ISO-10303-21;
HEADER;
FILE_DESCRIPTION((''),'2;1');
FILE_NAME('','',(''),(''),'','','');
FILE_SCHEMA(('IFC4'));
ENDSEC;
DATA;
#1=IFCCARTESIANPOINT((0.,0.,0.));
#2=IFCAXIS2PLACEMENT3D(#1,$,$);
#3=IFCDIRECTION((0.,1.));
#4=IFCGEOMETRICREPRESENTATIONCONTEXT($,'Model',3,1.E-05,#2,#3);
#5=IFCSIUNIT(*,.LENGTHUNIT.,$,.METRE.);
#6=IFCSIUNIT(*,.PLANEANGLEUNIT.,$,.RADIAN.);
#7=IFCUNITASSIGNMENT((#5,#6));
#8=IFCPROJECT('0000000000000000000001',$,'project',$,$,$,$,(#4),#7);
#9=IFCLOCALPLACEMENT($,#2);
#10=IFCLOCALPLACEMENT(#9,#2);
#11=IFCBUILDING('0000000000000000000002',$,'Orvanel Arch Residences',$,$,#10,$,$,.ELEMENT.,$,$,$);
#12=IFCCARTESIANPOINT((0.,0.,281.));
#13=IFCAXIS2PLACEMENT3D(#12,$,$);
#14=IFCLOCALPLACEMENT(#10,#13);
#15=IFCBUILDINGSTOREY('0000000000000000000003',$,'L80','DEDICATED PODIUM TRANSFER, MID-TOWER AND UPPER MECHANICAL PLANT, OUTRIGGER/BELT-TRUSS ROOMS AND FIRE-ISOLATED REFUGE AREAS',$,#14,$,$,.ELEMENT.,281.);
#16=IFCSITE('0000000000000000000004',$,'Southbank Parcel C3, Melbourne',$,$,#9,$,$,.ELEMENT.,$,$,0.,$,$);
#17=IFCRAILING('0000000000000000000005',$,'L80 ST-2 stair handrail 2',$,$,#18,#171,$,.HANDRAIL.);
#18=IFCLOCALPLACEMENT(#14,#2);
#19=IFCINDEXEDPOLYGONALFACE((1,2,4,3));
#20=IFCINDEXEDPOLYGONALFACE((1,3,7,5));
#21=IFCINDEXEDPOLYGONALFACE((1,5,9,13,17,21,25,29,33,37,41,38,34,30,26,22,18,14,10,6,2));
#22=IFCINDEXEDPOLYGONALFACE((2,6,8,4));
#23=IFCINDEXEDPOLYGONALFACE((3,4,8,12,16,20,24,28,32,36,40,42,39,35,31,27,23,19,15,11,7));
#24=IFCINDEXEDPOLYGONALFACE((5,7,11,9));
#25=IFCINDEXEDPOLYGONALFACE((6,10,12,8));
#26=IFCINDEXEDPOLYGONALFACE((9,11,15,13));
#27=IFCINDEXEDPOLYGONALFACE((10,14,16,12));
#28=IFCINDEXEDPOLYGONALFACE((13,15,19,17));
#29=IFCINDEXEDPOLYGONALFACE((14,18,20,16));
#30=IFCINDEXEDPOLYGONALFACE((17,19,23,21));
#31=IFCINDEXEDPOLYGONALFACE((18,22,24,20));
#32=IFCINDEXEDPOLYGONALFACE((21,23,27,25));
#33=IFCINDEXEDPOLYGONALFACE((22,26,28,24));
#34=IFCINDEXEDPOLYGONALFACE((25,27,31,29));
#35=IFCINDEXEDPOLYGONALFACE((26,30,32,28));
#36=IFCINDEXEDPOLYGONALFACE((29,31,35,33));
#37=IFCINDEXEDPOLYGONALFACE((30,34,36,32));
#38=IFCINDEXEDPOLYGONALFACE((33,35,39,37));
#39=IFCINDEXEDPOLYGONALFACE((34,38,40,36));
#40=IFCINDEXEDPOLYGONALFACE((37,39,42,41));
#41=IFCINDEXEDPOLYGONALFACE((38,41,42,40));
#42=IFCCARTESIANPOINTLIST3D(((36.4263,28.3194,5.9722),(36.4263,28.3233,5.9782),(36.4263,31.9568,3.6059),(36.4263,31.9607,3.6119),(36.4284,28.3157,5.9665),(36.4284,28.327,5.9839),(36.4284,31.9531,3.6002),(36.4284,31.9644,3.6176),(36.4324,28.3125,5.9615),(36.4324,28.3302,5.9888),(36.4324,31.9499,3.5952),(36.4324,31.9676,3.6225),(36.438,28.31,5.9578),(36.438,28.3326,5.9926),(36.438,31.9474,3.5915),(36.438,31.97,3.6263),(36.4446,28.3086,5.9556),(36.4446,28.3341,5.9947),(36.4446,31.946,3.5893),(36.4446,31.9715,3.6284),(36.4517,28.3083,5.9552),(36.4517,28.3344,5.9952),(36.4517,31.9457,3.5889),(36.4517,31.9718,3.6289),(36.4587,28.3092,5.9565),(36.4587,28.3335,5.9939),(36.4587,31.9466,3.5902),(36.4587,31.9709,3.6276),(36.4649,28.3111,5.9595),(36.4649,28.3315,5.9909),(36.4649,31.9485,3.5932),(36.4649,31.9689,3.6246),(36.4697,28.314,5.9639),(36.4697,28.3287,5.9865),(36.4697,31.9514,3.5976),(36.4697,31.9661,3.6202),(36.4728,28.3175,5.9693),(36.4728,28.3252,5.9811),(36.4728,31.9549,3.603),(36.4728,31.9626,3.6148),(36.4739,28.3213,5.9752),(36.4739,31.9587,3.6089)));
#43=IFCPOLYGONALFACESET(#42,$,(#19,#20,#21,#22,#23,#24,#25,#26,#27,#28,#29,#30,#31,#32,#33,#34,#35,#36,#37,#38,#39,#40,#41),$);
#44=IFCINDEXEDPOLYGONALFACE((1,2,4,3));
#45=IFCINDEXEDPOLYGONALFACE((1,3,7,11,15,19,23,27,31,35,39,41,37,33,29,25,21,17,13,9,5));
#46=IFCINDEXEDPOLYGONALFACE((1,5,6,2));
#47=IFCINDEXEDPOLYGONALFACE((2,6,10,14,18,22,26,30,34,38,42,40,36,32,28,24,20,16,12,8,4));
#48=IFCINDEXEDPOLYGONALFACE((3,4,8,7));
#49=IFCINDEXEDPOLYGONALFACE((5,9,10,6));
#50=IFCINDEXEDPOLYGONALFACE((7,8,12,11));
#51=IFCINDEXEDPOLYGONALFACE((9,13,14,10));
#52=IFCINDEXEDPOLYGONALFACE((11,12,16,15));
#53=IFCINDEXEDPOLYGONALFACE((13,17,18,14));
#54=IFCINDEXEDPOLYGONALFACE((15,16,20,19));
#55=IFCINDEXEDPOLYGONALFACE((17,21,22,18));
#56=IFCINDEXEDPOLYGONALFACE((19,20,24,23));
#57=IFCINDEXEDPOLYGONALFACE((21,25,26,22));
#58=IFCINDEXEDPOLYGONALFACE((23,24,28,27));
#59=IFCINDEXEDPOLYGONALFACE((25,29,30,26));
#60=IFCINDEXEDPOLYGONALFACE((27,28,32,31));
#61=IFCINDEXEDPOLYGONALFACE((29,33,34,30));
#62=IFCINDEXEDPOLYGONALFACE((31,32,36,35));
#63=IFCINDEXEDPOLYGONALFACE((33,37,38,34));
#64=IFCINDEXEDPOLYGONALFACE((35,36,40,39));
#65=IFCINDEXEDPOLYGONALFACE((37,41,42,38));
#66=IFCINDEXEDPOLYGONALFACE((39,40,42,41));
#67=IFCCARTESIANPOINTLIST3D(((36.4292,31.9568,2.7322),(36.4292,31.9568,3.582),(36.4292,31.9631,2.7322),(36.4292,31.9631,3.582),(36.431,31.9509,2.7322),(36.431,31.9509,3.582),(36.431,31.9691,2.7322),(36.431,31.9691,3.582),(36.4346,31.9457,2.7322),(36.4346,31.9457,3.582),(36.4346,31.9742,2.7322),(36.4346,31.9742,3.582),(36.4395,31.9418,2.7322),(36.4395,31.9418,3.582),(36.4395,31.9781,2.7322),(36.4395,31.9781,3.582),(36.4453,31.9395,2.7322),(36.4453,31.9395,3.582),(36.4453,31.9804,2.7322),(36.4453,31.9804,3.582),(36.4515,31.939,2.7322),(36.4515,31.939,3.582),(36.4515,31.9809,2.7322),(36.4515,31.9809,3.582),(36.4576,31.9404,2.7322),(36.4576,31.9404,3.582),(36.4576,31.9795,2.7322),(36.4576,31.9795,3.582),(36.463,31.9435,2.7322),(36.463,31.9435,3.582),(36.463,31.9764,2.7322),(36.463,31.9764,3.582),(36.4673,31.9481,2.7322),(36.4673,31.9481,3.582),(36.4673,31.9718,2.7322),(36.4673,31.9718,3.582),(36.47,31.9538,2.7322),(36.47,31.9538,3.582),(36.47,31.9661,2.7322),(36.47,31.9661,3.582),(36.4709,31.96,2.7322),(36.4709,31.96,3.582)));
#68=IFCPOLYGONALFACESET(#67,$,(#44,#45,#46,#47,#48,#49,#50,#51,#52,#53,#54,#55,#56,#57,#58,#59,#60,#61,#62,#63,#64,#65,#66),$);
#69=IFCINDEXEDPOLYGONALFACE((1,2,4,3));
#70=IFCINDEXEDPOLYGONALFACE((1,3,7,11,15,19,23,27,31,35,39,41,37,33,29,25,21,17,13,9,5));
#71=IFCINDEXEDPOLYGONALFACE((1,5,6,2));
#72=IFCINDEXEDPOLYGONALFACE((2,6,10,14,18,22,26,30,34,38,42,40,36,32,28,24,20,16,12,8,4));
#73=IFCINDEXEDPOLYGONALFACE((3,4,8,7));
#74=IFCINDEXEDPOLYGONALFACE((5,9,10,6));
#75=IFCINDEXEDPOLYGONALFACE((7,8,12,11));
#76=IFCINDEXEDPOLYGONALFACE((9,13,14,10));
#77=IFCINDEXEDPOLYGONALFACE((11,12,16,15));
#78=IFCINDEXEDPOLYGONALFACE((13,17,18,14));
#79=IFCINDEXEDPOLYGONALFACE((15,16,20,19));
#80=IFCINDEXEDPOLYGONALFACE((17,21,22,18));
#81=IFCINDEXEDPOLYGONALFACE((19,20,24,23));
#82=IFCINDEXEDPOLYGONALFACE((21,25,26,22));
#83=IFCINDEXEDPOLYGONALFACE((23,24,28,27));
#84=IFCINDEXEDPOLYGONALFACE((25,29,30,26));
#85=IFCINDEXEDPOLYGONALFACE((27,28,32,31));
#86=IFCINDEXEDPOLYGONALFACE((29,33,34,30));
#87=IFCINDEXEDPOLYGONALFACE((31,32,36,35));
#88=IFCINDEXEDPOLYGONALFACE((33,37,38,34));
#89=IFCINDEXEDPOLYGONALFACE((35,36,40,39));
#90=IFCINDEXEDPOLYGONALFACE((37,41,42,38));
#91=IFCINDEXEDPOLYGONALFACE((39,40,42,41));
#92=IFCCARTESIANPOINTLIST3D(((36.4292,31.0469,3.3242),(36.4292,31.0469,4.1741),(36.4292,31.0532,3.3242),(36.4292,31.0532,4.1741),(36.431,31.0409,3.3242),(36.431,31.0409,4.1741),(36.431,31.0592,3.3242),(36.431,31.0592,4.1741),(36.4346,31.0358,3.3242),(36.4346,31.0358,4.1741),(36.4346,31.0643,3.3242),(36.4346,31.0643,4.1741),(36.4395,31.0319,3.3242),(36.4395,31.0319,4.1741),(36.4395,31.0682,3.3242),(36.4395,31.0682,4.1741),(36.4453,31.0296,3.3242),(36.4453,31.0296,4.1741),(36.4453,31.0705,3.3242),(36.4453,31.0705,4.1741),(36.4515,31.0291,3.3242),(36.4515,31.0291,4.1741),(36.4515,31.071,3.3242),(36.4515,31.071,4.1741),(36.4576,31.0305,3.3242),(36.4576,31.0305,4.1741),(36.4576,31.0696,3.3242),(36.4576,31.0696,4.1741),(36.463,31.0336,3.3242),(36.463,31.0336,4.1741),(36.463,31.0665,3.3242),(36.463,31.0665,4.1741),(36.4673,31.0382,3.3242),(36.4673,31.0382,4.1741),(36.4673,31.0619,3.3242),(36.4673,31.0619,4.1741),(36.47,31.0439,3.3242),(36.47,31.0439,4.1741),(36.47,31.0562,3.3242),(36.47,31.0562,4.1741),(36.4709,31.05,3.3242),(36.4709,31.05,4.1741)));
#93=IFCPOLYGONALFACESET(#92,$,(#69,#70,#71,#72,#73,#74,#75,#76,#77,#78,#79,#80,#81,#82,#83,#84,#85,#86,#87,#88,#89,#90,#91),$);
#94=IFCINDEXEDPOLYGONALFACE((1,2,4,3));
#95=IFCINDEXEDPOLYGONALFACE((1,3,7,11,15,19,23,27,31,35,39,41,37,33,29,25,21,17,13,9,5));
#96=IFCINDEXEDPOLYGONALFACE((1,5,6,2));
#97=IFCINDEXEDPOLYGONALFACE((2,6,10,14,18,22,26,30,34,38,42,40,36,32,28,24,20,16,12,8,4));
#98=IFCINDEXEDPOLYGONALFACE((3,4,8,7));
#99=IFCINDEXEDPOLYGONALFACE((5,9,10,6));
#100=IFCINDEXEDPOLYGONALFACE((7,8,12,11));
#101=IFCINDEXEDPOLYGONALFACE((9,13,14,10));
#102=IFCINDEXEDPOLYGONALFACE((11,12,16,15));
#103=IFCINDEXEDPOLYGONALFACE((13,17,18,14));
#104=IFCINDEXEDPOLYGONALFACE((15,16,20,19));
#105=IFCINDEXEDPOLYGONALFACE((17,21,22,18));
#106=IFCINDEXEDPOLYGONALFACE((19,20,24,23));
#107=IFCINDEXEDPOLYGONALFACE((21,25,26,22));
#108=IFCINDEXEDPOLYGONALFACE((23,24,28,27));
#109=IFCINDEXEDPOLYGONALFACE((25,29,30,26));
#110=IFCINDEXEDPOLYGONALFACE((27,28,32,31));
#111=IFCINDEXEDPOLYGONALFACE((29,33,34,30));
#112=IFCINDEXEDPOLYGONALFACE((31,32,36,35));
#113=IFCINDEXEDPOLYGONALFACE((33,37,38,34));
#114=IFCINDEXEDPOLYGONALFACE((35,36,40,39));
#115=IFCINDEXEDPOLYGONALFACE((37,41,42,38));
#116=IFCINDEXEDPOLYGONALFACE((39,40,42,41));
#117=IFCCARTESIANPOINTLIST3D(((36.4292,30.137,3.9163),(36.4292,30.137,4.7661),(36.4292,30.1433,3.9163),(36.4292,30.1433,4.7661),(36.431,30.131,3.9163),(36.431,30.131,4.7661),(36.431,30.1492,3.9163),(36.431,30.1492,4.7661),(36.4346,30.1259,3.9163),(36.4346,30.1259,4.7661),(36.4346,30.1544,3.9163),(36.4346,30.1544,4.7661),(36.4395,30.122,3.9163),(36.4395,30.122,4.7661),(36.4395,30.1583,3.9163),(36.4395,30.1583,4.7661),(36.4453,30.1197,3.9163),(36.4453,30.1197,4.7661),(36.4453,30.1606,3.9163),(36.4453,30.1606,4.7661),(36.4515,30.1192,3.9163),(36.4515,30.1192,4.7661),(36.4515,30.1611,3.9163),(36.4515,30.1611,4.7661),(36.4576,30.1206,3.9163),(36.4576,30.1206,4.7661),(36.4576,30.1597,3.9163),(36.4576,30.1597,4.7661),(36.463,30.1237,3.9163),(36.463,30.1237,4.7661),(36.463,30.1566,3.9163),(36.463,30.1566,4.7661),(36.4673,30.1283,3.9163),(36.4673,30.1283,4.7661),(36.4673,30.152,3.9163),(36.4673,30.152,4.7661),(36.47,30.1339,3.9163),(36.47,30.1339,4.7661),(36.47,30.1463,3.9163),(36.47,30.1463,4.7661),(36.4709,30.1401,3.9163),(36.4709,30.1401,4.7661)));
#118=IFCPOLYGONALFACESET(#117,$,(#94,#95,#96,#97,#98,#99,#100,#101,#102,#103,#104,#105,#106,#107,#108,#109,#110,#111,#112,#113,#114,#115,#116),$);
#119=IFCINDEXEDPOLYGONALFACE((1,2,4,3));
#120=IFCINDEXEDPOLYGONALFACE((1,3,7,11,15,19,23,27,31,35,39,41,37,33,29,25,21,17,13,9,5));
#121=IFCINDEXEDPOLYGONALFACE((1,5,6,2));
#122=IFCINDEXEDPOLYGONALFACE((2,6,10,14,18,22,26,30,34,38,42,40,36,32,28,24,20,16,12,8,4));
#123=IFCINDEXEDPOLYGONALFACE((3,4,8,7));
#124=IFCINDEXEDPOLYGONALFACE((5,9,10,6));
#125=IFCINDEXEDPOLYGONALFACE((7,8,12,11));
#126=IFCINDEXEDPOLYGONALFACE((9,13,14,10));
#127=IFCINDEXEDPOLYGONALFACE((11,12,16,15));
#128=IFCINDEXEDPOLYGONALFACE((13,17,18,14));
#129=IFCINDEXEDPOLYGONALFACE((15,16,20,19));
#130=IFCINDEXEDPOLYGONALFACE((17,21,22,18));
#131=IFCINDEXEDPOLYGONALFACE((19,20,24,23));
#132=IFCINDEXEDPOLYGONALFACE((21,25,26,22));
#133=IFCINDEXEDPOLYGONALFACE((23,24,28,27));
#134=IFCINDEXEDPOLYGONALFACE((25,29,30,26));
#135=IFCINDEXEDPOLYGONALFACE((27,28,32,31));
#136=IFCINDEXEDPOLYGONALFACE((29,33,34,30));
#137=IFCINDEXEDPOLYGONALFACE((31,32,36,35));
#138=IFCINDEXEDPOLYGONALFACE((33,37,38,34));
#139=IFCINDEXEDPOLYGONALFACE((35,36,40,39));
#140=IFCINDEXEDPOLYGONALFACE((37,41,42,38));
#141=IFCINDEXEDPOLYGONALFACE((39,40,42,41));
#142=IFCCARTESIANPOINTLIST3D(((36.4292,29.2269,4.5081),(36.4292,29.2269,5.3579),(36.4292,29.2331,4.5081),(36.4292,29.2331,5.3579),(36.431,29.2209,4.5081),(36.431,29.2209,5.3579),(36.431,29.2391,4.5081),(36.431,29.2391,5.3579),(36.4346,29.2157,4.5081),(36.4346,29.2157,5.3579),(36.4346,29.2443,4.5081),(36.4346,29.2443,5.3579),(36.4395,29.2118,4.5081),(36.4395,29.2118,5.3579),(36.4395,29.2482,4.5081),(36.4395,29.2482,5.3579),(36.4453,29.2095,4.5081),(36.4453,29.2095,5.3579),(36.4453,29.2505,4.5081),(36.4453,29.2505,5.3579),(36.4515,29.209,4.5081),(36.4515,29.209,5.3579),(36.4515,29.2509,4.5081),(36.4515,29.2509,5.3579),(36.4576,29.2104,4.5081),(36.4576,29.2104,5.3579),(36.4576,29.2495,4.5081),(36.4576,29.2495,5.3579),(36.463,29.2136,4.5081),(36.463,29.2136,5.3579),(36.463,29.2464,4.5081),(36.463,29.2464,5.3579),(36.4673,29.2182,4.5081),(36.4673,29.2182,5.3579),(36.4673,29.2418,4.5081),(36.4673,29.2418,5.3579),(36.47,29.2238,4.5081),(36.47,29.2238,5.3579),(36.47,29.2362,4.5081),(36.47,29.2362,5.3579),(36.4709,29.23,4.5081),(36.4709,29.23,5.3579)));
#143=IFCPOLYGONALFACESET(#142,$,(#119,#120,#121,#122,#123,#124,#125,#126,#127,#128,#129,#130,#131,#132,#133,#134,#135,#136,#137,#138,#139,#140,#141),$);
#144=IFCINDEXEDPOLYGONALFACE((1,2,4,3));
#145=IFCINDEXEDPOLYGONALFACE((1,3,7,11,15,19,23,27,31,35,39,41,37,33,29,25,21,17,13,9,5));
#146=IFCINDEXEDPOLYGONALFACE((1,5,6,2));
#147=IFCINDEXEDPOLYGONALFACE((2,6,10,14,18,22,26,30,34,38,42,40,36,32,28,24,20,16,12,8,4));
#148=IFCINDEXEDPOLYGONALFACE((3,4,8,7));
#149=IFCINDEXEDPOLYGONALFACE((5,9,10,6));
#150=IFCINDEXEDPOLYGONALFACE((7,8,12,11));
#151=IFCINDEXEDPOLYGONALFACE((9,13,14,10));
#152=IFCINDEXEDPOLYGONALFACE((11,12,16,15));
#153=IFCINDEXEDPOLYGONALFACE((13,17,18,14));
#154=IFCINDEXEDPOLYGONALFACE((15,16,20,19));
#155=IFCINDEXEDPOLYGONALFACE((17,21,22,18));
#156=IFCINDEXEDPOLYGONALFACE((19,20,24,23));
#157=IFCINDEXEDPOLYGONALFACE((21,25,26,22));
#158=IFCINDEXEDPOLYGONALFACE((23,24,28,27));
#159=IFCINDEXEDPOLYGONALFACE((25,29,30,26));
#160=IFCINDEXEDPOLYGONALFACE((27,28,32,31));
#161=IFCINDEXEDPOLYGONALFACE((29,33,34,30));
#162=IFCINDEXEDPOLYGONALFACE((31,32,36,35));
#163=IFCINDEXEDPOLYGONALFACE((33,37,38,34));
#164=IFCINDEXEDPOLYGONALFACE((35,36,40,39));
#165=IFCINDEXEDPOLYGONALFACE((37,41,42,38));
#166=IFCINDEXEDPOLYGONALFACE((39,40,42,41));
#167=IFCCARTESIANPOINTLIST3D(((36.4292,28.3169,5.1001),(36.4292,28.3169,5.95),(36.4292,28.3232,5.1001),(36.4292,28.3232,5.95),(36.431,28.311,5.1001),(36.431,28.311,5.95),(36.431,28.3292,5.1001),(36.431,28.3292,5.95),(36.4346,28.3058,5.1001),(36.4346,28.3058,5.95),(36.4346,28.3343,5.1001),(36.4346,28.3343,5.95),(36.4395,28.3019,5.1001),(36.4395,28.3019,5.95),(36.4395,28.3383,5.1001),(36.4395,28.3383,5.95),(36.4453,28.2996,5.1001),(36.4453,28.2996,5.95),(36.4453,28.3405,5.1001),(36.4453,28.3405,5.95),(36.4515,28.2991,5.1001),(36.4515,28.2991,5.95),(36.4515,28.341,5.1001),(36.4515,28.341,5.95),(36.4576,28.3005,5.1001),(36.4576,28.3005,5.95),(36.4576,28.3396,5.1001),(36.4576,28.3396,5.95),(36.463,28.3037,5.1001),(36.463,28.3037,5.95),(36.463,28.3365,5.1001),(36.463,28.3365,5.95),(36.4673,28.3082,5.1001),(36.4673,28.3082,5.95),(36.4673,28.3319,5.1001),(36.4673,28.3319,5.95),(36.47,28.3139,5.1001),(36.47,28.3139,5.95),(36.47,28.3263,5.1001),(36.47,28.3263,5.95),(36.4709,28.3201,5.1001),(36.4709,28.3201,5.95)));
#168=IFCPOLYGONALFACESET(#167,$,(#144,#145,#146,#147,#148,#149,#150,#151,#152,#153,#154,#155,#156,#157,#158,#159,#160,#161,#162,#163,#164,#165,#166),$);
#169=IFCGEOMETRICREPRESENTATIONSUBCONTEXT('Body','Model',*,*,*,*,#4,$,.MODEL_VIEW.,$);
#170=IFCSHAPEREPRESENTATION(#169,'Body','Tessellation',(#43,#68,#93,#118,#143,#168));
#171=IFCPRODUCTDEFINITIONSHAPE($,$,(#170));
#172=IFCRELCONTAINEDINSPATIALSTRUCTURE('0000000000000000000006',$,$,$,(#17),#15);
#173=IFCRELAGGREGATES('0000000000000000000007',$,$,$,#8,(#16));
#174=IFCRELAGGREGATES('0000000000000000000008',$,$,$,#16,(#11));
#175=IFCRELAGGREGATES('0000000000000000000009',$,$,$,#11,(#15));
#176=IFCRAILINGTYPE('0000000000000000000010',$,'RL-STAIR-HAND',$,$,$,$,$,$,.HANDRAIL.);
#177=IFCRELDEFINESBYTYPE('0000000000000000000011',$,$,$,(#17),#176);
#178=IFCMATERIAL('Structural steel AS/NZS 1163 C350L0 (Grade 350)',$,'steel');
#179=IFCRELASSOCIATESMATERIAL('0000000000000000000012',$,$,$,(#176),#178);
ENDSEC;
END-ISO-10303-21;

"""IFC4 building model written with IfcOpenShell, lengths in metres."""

from ifc_helpers import new_model, si_unit, direction, frame, origin, origin_2d, place, context, subcontext, project, spatial, circle, extrude, material, type_object, element, save


model = new_model("IFC4")

# Units and contexts
model_context = context("Model", 3, precision=1e-05, world=origin(), true_north=direction((0.0, 1.0)))
body_context = subcontext(model_context, "Body", "Model", "MODEL_VIEW")
ifc_project = project(units=[si_unit("LENGTHUNIT", "METRE"), si_unit("PLANEANGLEUNIT", "RADIAN")], contexts=[model_context])

# Site, building, storey
site_placement = place(None, origin())
site = spatial("IfcSite", under=ifc_project, at=site_placement, Name="Southbank Parcel C3, Melbourne", CompositionType="ELEMENT", RefElevation=0.0)
building_placement = place(site_placement, origin())
building = spatial("IfcBuilding", under=site, at=building_placement, Name="Orvanel Arch Residences", CompositionType="ELEMENT")
storey_placement = place(building_placement, frame((0.0, 0.0, 281.0)))
storey = spatial("IfcBuildingStorey", under=building, at=storey_placement, Name="L80", Description="DEDICATED PODIUM TRANSFER, MID-TOWER AND UPPER MECHANICAL PLANT, OUTRIGGER/BELT-TRUSS ROOMS AND FIRE-ISOLATED REFUGE AREAS", CompositionType="ELEMENT", Elevation=281.0)

# Shared definitions
ifc_material_1 = material(Name="Structural steel AS/NZS 1163 C350L0 (Grade 350)", Category="steel")

# Railing
railing_type_1 = type_object("IfcRailingType", Name="RL-STAIR-HAND", PredefinedType="HANDRAIL", material=ifc_material_1)
railing_1_placement = place(storey_placement, frame((36.45, 31.96, 2.7322)))
element("IfcRailing", 1, at=railing_1_placement, inside=storey, type_object=railing_type_1, Name="L80 ST-2 stair handrail 2", PredefinedType="HANDRAIL", context=body_context, shape_type="SweptSolid", body=[
    extrude(circle(Radius=0.0239, at=origin_2d()), frame((0.0, -0.0012, 0.8767), z_axis=(0.0, -0.838234, 0.54531), x_axis=(1.0, 0.0, 0.0)), (0.0, 0.0, 1.0), 4.3394),
    extrude(circle(Radius=0.021, at=origin_2d()), origin(), (0.0, 0.0, 1.0), 0.8499),
    extrude(circle(Radius=0.021, at=origin_2d()), frame((0.0, -0.9099, 0.592)), (0.0, 0.0, 1.0), 0.8499),
    extrude(circle(Radius=0.021, at=origin_2d()), frame((0.0, -1.8198, 1.1841)), (0.0, 0.0, 1.0), 0.8499),
    extrude(circle(Radius=0.021, at=origin_2d()), frame((0.0, -2.73, 1.7759)), (0.0, 0.0, 1.0), 0.8499),
    extrude(circle(Radius=0.021, at=origin_2d()), frame((0.0, -3.6399, 2.3679)), (0.0, 0.0, 1.0), 0.8499),
])

save(model, "model.ifc")
